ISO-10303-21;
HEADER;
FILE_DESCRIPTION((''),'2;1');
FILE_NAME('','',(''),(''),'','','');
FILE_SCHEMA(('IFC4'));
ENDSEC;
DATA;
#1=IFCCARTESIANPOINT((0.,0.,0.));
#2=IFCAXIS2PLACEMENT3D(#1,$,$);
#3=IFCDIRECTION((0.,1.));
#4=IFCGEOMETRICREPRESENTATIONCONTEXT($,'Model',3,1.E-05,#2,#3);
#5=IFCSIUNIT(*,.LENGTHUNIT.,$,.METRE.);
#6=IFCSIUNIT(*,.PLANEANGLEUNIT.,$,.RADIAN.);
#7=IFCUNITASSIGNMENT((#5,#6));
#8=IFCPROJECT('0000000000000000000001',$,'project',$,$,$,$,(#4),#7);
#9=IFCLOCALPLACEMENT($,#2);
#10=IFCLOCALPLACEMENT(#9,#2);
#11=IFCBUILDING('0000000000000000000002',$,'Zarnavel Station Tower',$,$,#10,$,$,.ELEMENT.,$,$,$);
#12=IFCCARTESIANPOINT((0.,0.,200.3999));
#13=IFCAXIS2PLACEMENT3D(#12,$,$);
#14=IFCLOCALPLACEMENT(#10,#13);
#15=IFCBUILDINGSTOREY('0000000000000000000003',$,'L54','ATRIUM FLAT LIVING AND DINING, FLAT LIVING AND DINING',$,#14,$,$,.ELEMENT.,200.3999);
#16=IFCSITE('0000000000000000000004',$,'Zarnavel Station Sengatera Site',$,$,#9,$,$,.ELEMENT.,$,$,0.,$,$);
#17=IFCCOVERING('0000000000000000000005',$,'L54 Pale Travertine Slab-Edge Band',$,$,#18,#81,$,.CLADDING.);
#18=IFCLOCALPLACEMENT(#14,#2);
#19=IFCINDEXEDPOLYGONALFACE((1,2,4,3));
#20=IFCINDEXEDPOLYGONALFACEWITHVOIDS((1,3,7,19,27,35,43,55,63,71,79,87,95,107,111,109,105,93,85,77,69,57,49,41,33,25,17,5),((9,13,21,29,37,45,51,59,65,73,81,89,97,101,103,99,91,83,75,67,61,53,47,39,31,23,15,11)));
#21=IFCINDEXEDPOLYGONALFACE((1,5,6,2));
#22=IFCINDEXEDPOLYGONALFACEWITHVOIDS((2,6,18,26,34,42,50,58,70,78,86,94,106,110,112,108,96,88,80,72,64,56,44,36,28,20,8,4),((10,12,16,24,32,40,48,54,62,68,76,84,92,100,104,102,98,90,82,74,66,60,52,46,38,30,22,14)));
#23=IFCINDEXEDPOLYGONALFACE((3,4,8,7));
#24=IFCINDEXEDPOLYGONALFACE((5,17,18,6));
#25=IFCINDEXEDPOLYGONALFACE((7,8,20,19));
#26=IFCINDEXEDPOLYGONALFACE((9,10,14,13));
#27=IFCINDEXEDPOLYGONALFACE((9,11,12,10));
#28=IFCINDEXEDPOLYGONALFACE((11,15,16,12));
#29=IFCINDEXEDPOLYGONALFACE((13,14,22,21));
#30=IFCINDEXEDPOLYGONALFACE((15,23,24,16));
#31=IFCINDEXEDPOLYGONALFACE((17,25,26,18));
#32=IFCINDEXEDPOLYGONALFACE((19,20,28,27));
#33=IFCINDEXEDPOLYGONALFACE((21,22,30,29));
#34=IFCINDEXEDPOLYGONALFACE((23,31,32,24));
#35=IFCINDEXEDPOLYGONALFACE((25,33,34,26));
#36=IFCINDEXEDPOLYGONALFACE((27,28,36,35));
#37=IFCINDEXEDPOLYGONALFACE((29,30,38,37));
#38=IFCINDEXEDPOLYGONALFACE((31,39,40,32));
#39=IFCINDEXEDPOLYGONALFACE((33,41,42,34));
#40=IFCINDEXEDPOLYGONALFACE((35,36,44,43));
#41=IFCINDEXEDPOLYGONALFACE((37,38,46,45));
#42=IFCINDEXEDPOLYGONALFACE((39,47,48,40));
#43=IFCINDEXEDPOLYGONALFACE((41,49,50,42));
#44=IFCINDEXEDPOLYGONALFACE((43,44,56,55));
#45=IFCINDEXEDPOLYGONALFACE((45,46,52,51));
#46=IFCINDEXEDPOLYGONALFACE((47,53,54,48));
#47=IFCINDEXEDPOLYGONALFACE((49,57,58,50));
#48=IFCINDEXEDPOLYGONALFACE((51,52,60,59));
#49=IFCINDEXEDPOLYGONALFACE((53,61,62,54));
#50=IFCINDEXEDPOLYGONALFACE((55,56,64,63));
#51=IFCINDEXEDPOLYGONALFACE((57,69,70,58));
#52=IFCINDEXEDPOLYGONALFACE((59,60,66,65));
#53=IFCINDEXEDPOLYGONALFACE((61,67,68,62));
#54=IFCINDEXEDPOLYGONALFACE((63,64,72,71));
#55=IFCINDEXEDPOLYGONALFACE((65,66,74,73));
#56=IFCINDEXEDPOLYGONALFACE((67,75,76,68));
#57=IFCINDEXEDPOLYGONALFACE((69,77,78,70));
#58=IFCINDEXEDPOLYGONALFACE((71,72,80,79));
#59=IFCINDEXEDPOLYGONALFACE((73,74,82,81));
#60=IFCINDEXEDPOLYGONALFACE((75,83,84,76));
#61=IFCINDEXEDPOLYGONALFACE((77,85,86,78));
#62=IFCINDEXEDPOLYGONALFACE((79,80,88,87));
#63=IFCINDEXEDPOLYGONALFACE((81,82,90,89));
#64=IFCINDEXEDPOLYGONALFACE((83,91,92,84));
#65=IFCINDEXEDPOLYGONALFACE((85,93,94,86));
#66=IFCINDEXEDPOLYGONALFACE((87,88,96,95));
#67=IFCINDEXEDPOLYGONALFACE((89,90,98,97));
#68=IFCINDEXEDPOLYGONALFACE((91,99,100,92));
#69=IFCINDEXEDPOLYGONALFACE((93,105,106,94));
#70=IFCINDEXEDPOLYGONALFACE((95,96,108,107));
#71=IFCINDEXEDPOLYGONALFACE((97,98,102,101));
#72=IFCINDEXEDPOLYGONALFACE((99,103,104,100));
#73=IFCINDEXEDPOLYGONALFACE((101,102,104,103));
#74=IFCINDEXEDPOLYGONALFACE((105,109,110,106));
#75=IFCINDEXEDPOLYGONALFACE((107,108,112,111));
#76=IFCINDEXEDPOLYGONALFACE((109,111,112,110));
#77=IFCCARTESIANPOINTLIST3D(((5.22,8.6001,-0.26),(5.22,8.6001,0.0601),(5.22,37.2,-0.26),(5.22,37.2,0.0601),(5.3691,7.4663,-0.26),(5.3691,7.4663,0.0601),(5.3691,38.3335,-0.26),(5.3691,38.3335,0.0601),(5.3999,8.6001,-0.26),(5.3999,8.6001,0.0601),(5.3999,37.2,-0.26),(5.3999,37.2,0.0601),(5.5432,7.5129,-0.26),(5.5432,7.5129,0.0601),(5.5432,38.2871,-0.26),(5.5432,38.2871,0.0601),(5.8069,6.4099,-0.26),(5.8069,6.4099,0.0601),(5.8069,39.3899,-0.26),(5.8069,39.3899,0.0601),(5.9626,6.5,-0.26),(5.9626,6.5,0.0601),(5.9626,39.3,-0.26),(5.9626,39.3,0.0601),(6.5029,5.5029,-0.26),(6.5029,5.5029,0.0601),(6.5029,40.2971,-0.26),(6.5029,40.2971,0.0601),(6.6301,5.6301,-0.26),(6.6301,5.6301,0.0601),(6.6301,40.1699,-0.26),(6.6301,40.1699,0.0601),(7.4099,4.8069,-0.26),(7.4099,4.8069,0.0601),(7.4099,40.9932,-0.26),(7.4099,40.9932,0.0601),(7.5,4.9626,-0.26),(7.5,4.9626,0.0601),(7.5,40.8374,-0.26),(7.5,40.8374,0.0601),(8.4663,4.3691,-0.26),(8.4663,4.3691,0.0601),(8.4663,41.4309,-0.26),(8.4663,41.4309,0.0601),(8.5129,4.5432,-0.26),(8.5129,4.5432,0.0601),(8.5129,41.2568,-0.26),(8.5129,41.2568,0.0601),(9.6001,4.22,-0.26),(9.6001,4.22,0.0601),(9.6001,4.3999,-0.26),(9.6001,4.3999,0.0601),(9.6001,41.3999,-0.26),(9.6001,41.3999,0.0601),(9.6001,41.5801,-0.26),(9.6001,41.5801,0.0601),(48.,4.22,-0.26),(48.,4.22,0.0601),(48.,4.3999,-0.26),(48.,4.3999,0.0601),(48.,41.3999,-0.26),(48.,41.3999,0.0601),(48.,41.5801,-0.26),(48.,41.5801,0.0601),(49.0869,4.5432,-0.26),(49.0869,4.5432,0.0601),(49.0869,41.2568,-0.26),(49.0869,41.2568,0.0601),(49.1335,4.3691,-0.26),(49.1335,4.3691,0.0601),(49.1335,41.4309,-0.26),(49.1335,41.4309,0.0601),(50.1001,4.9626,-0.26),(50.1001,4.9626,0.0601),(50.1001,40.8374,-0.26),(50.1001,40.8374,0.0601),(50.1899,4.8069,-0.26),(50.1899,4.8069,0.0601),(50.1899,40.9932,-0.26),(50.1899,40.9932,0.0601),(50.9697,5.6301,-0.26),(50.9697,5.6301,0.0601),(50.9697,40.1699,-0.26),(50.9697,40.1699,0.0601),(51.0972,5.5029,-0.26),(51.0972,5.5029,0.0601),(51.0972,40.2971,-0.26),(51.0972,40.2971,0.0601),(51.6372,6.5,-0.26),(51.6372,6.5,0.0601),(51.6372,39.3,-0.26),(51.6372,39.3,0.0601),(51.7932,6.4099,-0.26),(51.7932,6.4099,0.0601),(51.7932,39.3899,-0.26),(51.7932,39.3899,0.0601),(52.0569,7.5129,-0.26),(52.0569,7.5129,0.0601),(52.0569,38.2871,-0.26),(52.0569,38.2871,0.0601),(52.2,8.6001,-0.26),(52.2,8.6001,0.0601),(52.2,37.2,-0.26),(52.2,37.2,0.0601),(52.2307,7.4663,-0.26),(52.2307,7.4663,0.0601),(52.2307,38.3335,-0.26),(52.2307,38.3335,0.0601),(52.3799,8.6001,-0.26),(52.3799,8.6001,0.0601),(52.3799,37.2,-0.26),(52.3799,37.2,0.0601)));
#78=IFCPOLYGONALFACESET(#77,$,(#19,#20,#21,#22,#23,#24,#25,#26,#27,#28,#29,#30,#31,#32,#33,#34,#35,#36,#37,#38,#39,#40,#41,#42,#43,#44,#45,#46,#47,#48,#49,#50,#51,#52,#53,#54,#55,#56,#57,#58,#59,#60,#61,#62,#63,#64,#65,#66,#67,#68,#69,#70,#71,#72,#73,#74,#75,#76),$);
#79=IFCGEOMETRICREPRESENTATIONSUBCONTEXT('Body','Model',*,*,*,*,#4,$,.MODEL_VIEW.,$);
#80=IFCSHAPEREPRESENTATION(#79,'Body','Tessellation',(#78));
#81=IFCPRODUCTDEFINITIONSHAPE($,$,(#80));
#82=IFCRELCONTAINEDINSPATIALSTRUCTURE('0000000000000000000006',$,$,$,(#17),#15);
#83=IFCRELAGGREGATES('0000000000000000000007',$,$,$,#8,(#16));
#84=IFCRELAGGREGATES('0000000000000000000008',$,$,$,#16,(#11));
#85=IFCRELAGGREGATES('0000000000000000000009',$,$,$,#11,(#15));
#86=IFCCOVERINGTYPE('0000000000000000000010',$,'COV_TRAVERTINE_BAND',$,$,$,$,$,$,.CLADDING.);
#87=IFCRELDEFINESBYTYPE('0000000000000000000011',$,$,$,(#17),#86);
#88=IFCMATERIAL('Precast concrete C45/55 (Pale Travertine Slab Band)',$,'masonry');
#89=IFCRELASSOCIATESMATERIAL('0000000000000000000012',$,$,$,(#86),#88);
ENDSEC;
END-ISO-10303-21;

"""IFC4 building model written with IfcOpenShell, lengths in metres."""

from ifc_helpers import new_model, si_unit, direction, frame, origin, place, context, subcontext, project, spatial, polyline, outline, extrude, material, type_object, element, save


model = new_model("IFC4")

# Units and contexts
model_context = context("Model", 3, precision=1e-05, world=origin(), true_north=direction((0.0, 1.0)))
body_context = subcontext(model_context, "Body", "Model", "MODEL_VIEW")
ifc_project = project(units=[si_unit("LENGTHUNIT", "METRE"), si_unit("PLANEANGLEUNIT", "RADIAN")], contexts=[model_context])

# Site, building, storey
site_placement = place(None, origin())
site = spatial("IfcSite", under=ifc_project, at=site_placement, Name="Zarnavel Station Sengatera Site", CompositionType="ELEMENT", RefElevation=0.0)
building_placement = place(site_placement, origin())
building = spatial("IfcBuilding", under=site, at=building_placement, Name="Zarnavel Station Tower", CompositionType="ELEMENT")
storey_placement = place(building_placement, frame((0.0, 0.0, 200.3999)))
storey = spatial("IfcBuildingStorey", under=building, at=storey_placement, Name="L54", Description="ATRIUM FLAT LIVING AND DINING, FLAT LIVING AND DINING", CompositionType="ELEMENT", Elevation=200.3999)

# Covering
ifc_material_1 = material(Name="Precast concrete C45/55 (Pale Travertine Slab Band)", Category="masonry")
covering_type_1 = type_object("IfcCoveringType", Name="COV_TRAVERTINE_BAND", PredefinedType="CLADDING", material=ifc_material_1)
covering_1_placement = place(storey_placement, frame((0.0, 0.0, -0.26)))
element("IfcCovering", 1, at=covering_1_placement, inside=storey, type_object=covering_type_1, Name="L54 Pale Travertine Slab-Edge Band", PredefinedType="CLADDING", context=body_context, shape_type="SweptSolid", body=[
    extrude(outline(polyline([(48.0, 4.22), (49.1335, 4.3691), (50.1899, 4.8069), (51.0972, 5.5029), (51.7932, 6.4099), (52.2307, 7.4663), (52.3799, 8.6001), (52.3799, 37.2), (52.2307, 38.3335), (51.7932, 39.3899), (51.0972, 40.2971), (50.1899, 40.9932), (49.1335, 41.4309), (48.0, 41.5801), (9.6001, 41.5801), (8.4663, 41.4309), (7.4099, 40.9932), (6.5029, 40.2971), (5.8069, 39.3899), (5.3691, 38.3335), (5.22, 37.2), (5.22, 8.6001), (5.3691, 7.4663), (5.8069, 6.4099), (6.5029, 5.5029), (7.4099, 4.8069), (8.4663, 4.3691), (9.6001, 4.22), (48.0, 4.22)]), holes=[polyline([(48.0, 4.3999), (49.0869, 4.5432), (50.1001, 4.9626), (50.9697, 5.6301), (51.6372, 6.5), (52.0569, 7.5129), (52.2, 8.6001), (52.2, 37.2), (52.0569, 38.2871), (51.6372, 39.3), (50.9697, 40.1699), (50.1001, 40.8374), (49.0869, 41.2568), (48.0, 41.3999), (9.6001, 41.3999), (8.5129, 41.2568), (7.5, 40.8374), (6.6301, 40.1699), (5.9626, 39.3), (5.5432, 38.2871), (5.3999, 37.2), (5.3999, 8.6001), (5.5432, 7.5129), (5.9626, 6.5), (6.6301, 5.6301), (7.5, 4.9626), (8.5129, 4.5432), (9.6001, 4.3999), (48.0, 4.3999)])]), origin(), (0.0, 0.0, 1.0), 0.3201),
])

save(model, "model.ifc")
